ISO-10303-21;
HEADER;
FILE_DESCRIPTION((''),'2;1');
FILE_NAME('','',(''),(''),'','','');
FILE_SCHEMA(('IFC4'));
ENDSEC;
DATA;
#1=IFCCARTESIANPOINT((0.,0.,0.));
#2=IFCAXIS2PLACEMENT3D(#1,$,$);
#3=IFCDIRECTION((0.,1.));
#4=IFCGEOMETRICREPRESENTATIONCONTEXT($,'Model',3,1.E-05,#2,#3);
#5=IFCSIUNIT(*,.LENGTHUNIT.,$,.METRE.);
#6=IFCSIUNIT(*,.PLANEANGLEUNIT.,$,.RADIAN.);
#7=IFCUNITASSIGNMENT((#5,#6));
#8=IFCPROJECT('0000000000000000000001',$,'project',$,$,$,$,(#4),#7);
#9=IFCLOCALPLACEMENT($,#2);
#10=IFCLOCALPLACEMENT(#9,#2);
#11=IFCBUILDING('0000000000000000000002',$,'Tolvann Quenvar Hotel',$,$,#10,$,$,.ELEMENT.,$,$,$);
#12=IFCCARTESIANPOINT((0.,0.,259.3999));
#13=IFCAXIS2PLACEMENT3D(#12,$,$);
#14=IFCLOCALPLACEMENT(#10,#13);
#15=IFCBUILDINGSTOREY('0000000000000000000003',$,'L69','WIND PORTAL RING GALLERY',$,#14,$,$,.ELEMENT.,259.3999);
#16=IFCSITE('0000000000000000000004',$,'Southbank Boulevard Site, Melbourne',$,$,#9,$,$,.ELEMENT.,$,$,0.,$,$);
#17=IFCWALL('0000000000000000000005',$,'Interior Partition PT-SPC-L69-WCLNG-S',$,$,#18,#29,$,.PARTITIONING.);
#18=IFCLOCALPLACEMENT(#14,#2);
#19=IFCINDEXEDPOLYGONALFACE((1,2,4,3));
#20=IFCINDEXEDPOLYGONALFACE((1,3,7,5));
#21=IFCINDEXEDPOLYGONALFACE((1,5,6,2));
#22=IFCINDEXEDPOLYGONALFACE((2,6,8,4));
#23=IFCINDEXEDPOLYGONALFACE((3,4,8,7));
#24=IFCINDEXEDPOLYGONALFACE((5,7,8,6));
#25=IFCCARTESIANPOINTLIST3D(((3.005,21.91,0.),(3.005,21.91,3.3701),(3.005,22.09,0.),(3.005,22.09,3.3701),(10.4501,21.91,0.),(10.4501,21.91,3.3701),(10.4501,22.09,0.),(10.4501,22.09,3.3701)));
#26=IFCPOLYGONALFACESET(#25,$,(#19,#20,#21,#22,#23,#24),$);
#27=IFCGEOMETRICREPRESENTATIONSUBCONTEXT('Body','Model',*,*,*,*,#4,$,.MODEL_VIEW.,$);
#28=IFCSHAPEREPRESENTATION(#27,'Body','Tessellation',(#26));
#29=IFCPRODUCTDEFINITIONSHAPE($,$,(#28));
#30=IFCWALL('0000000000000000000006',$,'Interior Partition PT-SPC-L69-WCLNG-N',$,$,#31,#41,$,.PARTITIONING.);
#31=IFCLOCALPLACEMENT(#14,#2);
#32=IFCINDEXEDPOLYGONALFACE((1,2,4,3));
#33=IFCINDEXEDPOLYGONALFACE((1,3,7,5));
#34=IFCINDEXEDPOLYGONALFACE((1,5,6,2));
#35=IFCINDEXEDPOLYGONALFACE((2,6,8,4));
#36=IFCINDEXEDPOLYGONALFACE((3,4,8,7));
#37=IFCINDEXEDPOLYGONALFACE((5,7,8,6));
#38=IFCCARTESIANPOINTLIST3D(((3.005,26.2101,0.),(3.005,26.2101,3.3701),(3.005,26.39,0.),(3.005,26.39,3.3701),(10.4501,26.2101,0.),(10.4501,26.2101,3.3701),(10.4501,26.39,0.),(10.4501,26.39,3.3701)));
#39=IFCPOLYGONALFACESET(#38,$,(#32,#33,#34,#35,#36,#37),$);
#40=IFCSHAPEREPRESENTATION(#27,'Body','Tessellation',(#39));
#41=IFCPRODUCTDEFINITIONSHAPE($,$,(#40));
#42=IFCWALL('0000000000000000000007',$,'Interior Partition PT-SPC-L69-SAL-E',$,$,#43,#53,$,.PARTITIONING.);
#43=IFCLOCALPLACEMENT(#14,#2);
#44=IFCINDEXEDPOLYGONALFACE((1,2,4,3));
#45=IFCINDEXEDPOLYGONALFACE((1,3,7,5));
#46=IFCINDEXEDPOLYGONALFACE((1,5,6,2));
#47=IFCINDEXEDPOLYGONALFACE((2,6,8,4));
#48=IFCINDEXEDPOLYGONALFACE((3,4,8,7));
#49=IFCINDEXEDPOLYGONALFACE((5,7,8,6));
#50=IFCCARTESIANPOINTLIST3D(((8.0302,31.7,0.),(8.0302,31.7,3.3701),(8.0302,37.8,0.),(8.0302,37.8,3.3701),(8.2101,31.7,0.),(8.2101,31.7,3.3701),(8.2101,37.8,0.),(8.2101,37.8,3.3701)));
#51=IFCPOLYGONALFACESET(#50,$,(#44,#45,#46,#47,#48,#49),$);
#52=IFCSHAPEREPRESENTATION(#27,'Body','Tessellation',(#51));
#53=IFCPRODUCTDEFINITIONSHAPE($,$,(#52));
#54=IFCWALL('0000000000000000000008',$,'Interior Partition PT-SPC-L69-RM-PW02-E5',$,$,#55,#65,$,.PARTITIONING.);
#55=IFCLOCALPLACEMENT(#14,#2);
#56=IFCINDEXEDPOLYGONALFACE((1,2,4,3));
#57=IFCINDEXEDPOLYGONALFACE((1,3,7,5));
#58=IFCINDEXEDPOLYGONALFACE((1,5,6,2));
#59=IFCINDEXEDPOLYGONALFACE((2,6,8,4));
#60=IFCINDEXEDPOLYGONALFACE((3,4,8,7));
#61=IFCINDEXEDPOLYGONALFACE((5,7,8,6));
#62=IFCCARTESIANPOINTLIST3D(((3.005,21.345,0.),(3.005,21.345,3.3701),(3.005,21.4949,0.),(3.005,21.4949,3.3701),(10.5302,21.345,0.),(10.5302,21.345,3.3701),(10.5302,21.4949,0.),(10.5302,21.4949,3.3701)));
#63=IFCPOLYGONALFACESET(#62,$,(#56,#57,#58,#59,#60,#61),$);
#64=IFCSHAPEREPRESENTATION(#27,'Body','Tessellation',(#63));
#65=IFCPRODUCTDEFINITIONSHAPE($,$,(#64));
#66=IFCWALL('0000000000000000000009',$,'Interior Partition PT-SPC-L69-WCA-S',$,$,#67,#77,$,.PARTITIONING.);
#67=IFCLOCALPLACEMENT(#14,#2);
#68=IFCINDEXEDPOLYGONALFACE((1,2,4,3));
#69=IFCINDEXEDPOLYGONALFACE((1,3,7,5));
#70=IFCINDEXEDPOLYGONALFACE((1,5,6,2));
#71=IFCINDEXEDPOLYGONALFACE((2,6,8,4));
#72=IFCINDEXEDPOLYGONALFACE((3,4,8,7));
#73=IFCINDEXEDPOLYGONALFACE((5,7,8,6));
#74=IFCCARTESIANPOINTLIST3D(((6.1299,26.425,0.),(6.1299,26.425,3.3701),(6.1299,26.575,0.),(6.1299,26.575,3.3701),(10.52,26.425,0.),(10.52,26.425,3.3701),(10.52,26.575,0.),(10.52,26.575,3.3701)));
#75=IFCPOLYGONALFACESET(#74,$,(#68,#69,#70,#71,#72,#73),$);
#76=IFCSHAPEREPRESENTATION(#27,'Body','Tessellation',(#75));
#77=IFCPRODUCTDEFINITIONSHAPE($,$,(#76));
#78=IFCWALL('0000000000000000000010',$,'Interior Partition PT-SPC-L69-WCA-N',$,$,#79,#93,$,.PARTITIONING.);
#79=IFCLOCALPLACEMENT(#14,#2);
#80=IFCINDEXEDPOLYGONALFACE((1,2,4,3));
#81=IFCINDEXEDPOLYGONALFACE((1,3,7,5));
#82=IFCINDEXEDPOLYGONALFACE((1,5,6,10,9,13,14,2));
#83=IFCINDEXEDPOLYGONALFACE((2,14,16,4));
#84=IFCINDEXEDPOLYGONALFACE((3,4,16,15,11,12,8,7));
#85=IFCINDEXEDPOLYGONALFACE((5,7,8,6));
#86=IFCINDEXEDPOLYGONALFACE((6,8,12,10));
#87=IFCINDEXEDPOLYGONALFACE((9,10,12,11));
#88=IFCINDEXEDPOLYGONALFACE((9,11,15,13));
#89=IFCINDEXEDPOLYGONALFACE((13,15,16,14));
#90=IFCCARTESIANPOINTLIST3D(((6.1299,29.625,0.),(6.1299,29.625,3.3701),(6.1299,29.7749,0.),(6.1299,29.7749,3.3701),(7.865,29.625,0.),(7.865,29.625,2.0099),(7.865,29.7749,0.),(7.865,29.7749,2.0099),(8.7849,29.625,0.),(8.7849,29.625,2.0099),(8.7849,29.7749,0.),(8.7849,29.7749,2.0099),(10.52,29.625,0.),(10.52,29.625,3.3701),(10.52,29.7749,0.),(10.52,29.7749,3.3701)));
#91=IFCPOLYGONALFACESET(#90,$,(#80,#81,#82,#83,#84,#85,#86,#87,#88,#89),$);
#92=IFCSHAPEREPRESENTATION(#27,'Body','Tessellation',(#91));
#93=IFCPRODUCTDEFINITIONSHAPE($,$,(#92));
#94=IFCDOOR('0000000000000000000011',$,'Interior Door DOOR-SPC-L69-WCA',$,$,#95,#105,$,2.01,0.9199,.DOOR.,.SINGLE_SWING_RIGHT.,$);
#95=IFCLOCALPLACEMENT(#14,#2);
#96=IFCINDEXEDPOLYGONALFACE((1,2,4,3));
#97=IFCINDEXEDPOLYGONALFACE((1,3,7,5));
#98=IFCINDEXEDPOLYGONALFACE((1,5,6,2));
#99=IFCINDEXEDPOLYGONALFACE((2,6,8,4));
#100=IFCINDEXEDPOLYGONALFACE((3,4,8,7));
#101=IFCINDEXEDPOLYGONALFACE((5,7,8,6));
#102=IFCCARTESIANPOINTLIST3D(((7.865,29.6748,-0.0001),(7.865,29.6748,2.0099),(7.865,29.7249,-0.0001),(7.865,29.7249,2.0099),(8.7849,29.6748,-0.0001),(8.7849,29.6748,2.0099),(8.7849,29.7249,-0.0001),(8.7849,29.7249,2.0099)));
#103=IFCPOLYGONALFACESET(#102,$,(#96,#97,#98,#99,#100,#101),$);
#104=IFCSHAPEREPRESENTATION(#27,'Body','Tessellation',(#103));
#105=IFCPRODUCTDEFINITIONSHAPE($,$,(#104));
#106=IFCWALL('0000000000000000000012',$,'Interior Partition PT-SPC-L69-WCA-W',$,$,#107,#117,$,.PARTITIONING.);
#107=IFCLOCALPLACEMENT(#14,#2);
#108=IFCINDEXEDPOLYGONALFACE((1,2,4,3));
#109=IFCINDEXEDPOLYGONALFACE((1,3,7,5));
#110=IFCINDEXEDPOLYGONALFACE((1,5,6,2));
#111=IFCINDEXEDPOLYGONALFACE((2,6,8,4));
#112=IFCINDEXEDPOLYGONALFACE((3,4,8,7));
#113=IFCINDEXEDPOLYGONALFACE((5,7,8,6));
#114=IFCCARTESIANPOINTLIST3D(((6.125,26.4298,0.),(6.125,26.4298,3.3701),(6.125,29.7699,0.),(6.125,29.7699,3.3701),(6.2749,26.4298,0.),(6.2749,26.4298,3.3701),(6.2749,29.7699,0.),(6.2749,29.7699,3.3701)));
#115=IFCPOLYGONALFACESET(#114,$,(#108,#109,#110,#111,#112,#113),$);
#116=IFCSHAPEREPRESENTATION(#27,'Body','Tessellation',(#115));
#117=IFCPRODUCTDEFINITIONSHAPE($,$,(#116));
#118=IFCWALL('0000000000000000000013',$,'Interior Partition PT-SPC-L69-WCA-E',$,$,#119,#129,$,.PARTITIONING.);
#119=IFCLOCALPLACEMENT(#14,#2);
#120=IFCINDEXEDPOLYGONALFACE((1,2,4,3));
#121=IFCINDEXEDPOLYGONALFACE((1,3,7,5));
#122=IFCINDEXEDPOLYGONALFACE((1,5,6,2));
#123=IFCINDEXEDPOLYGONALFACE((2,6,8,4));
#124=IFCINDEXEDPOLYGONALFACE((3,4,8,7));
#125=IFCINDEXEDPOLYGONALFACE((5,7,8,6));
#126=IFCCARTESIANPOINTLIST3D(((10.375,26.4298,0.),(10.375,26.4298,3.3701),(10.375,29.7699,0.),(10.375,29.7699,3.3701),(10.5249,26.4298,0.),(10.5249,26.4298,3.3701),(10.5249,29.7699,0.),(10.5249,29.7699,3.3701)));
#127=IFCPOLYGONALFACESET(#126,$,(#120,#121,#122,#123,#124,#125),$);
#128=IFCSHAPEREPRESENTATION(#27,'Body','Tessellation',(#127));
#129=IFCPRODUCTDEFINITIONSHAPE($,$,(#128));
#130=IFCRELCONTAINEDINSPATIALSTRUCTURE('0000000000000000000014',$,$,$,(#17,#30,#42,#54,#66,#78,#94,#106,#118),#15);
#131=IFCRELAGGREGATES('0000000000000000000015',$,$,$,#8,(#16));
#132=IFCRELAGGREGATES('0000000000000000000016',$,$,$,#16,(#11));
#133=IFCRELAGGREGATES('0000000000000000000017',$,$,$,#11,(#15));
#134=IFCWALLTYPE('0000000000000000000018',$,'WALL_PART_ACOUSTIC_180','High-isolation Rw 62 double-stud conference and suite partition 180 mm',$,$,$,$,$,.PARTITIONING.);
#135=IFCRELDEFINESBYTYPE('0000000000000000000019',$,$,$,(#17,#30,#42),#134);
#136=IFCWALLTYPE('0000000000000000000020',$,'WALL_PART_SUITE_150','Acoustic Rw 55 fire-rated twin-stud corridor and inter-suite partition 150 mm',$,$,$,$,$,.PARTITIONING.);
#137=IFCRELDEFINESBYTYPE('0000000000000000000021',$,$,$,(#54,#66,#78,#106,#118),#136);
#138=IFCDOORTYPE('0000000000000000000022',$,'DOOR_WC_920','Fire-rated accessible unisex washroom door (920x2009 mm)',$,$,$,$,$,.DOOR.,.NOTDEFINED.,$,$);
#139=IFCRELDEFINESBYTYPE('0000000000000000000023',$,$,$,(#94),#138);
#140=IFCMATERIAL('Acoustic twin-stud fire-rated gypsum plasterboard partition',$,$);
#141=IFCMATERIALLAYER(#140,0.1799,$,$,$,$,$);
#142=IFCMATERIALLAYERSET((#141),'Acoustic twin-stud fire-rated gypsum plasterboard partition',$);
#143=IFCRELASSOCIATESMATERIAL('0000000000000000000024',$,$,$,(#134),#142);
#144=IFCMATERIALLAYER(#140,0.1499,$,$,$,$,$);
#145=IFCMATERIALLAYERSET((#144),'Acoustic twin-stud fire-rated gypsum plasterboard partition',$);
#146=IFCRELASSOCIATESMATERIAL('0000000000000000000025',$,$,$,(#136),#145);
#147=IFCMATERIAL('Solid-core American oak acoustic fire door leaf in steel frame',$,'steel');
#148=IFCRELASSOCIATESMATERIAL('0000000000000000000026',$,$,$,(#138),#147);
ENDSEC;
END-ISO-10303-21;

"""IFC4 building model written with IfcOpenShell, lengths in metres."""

from ifc_helpers import new_model, si_unit, direction, frame, frame_2d, origin, place, context, subcontext, project, spatial, rectangle, extrude, source, transform, mapped, material, layer, layer_set, type_object, type_shapes, element, fill, save


model = new_model("IFC4")

# Units and contexts
model_context = context("Model", 3, precision=1e-05, world=origin(), true_north=direction((0.0, 1.0)))
body_context = subcontext(model_context, "Body", "Model", "MODEL_VIEW")
ifc_project = project(units=[si_unit("LENGTHUNIT", "METRE"), si_unit("PLANEANGLEUNIT", "RADIAN")], contexts=[model_context])

# Site, building, storey
site_placement = place(None, origin())
site = spatial("IfcSite", under=ifc_project, at=site_placement, Name="Southbank Boulevard Site, Melbourne", CompositionType="ELEMENT", RefElevation=0.0)
building_placement = place(site_placement, origin())
building = spatial("IfcBuilding", under=site, at=building_placement, Name="Tolvann Quenvar Hotel", CompositionType="ELEMENT")
storey_placement = place(building_placement, frame((0.0, 0.0, 259.3999)))
storey = spatial("IfcBuildingStorey", under=building, at=storey_placement, Name="L69", Description="WIND PORTAL RING GALLERY", CompositionType="ELEMENT", Elevation=259.3999)

# Shared definitions
ifc_material_1 = material(Name="Solid-core American oak acoustic fire door leaf in steel frame", Category="steel")

# Walls
ifc_material_2 = material(Name="Acoustic twin-stud fire-rated gypsum plasterboard partition")
ifc_layer_1 = layer(ifc_material_2, 0.1799)
ifc_layer_set_1 = layer_set([ifc_layer_1], Name="Acoustic twin-stud fire-rated gypsum plasterboard partition")
wall_type_1 = type_object("IfcWallType", Name="WALL_PART_ACOUSTIC_180", Description="High-isolation Rw 62 double-stud conference and suite partition 180 mm", PredefinedType="PARTITIONING", material=ifc_layer_set_1)
for number, where, z_axis, x_axis, name in (
    (1, (3.0049, 22.0, 0.0), (0.0, 0.0, 1.0), (1.0, 0.0, 0.0), "Interior Partition PT-SPC-L69-WCLNG-S"),
    (2, (3.0049, 26.3, 0.0), (0.0, 0.0, 1.0), (1.0, 0.0, 0.0), "Interior Partition PT-SPC-L69-WCLNG-N"),
):
    element("IfcWall", number, at=place(storey_placement, frame(where, z_axis=z_axis, x_axis=x_axis)), inside=storey, type_object=wall_type_1, Name=name, PredefinedType="PARTITIONING", context=body_context, shape_type="SweptSolid", body=[
        extrude(rectangle(XDim=7.4451, YDim=0.1799, at=frame_2d((3.7227, 0.0))), origin(), (0.0, 0.0, 1.0), 3.3701),
    ])

# Walls
wall_1_placement = place(storey_placement, frame((8.1201, 31.7, 0.0), z_axis=(0.0, 0.0, 1.0), x_axis=(0.0, 1.0, 0.0)))
element("IfcWall", 3, at=wall_1_placement, inside=storey, type_object=wall_type_1, Name="Interior Partition PT-SPC-L69-SAL-E", PredefinedType="PARTITIONING", context=body_context, shape_type="SweptSolid", body=[
    extrude(rectangle(XDim=6.1001, YDim=0.1799, at=frame_2d((3.05, 0.0))), origin(), (0.0, 0.0, 1.0), 3.3701),
])
ifc_layer_2 = layer(ifc_material_2, 0.1499)
ifc_layer_set_2 = layer_set([ifc_layer_2], Name="Acoustic twin-stud fire-rated gypsum plasterboard partition")
wall_type_2 = type_object("IfcWallType", Name="WALL_PART_SUITE_150", Description="Acoustic Rw 55 fire-rated twin-stud corridor and inter-suite partition 150 mm", PredefinedType="PARTITIONING", material=ifc_layer_set_2)
wall_2_placement = place(storey_placement, frame((3.0049, 21.4199, 0.0), z_axis=(0.0, 0.0, 1.0), x_axis=(1.0, 0.0, 0.0)))
element("IfcWall", 4, at=wall_2_placement, inside=storey, type_object=wall_type_2, Name="Interior Partition PT-SPC-L69-RM-PW02-E5", PredefinedType="PARTITIONING", context=body_context, shape_type="SweptSolid", body=[
    extrude(rectangle(XDim=7.5251, YDim=0.1499, at=frame_2d((3.7627, 0.0))), origin(), (0.0, 0.0, 1.0), 3.3701),
])
wall_3_placement = place(storey_placement, frame((6.1299, 26.5, 0.0), z_axis=(0.0, 0.0, 1.0), x_axis=(1.0, 0.0, 0.0)))
element("IfcWall", 5, at=wall_3_placement, inside=storey, type_object=wall_type_2, Name="Interior Partition PT-SPC-L69-WCA-S", PredefinedType="PARTITIONING", context=body_context, shape_type="SweptSolid", body=[
    extrude(rectangle(XDim=4.3901, YDim=0.1499, at=frame_2d((2.1951, 0.0))), origin(), (0.0, 0.0, 1.0), 3.3701),
])

# Wall, opening, door
wall_4_placement = place(storey_placement, frame((6.1299, 29.7, 0.0), z_axis=(0.0, 0.0, 1.0), x_axis=(1.0, 0.0, 0.0)))
wall_4 = element("IfcWall", 6, at=wall_4_placement, inside=storey, type_object=wall_type_2, Name="Interior Partition PT-SPC-L69-WCA-N", PredefinedType="PARTITIONING", context=body_context, shape_type="SweptSolid", body=[
    extrude(rectangle(XDim=4.3901, YDim=0.1499, at=frame_2d((2.1951, 0.0))), origin(), (0.0, 0.0, 1.0), 3.3701),
])
opening_1_placement = place(wall_4_placement, frame((1.7351, 0.0, 0.0)))
opening_1 = element("IfcOpeningElement", 7, at=opening_1_placement, cuts=wall_4, PredefinedType="OPENING", context=body_context, shape_type="SweptSolid", body=[
    extrude(rectangle(XDim=0.9199, YDim=2.01, at=frame_2d((0.46, 1.0049))), frame((0.0, 0.085, 0.0), z_axis=(0.0, -1.0, 0.0), x_axis=(1.0, 0.0, 0.0)), (0.0, 0.0, 1.0), 0.1699),
])
door_type_1 = type_object("IfcDoorType", Name="DOOR_WC_920", Description="Fire-rated accessible unisex washroom door (920x2009 mm)", OperationType="NOTDEFINED", PredefinedType="DOOR", material=ifc_material_1)
shared_shape_1 = source(origin(), body_context, "Body", "SweptSolid", [
    extrude(rectangle(XDim=0.9199, YDim=2.01, at=frame_2d((0.46, 1.0049))), frame((0.0, 0.0249, 0.0), z_axis=(0.0, -1.0, 0.0), x_axis=(1.0, 0.0, 0.0)), (0.0, 0.0, 1.0), 0.05),
])
type_shapes(door_type_1, [shared_shape_1])
door_1_placement = place(opening_1_placement, origin())
door_1 = element("IfcDoor", 8, at=door_1_placement, inside=storey, type_object=door_type_1, Name="Interior Door DOOR-SPC-L69-WCA", OperationType="SINGLE_SWING_RIGHT", OverallHeight=2.01, OverallWidth=0.9199, PredefinedType="DOOR", context=body_context, shape_type="MappedRepresentation", body=[
    mapped(shared_shape_1, transform((0.0, 0.0, 0.0), x_axis=(1.0, 0.0, 0.0), y_axis=(0.0, 1.0, 0.0), z_axis=(0.0, 0.0, 1.0), scale=1.0)),
])
fill(opening_1, door_1)

# Walls
for number, where, z_axis, x_axis, name in (
    (9, (6.2, 26.4299, 0.0), (0.0, 0.0, 1.0), (0.0, 1.0, 0.0), "Interior Partition PT-SPC-L69-WCA-W"),
    (10, (10.45, 26.4299, 0.0), (0.0, 0.0, 1.0), (0.0, 1.0, 0.0), "Interior Partition PT-SPC-L69-WCA-E"),
):
    element("IfcWall", number, at=place(storey_placement, frame(where, z_axis=z_axis, x_axis=x_axis)), inside=storey, type_object=wall_type_2, Name=name, PredefinedType="PARTITIONING", context=body_context, shape_type="SweptSolid", body=[
        extrude(rectangle(XDim=3.3401, YDim=0.1499, at=frame_2d((1.6699, 0.0))), origin(), (0.0, 0.0, 1.0), 3.3701),
    ])

save(model, "model.ifc")
